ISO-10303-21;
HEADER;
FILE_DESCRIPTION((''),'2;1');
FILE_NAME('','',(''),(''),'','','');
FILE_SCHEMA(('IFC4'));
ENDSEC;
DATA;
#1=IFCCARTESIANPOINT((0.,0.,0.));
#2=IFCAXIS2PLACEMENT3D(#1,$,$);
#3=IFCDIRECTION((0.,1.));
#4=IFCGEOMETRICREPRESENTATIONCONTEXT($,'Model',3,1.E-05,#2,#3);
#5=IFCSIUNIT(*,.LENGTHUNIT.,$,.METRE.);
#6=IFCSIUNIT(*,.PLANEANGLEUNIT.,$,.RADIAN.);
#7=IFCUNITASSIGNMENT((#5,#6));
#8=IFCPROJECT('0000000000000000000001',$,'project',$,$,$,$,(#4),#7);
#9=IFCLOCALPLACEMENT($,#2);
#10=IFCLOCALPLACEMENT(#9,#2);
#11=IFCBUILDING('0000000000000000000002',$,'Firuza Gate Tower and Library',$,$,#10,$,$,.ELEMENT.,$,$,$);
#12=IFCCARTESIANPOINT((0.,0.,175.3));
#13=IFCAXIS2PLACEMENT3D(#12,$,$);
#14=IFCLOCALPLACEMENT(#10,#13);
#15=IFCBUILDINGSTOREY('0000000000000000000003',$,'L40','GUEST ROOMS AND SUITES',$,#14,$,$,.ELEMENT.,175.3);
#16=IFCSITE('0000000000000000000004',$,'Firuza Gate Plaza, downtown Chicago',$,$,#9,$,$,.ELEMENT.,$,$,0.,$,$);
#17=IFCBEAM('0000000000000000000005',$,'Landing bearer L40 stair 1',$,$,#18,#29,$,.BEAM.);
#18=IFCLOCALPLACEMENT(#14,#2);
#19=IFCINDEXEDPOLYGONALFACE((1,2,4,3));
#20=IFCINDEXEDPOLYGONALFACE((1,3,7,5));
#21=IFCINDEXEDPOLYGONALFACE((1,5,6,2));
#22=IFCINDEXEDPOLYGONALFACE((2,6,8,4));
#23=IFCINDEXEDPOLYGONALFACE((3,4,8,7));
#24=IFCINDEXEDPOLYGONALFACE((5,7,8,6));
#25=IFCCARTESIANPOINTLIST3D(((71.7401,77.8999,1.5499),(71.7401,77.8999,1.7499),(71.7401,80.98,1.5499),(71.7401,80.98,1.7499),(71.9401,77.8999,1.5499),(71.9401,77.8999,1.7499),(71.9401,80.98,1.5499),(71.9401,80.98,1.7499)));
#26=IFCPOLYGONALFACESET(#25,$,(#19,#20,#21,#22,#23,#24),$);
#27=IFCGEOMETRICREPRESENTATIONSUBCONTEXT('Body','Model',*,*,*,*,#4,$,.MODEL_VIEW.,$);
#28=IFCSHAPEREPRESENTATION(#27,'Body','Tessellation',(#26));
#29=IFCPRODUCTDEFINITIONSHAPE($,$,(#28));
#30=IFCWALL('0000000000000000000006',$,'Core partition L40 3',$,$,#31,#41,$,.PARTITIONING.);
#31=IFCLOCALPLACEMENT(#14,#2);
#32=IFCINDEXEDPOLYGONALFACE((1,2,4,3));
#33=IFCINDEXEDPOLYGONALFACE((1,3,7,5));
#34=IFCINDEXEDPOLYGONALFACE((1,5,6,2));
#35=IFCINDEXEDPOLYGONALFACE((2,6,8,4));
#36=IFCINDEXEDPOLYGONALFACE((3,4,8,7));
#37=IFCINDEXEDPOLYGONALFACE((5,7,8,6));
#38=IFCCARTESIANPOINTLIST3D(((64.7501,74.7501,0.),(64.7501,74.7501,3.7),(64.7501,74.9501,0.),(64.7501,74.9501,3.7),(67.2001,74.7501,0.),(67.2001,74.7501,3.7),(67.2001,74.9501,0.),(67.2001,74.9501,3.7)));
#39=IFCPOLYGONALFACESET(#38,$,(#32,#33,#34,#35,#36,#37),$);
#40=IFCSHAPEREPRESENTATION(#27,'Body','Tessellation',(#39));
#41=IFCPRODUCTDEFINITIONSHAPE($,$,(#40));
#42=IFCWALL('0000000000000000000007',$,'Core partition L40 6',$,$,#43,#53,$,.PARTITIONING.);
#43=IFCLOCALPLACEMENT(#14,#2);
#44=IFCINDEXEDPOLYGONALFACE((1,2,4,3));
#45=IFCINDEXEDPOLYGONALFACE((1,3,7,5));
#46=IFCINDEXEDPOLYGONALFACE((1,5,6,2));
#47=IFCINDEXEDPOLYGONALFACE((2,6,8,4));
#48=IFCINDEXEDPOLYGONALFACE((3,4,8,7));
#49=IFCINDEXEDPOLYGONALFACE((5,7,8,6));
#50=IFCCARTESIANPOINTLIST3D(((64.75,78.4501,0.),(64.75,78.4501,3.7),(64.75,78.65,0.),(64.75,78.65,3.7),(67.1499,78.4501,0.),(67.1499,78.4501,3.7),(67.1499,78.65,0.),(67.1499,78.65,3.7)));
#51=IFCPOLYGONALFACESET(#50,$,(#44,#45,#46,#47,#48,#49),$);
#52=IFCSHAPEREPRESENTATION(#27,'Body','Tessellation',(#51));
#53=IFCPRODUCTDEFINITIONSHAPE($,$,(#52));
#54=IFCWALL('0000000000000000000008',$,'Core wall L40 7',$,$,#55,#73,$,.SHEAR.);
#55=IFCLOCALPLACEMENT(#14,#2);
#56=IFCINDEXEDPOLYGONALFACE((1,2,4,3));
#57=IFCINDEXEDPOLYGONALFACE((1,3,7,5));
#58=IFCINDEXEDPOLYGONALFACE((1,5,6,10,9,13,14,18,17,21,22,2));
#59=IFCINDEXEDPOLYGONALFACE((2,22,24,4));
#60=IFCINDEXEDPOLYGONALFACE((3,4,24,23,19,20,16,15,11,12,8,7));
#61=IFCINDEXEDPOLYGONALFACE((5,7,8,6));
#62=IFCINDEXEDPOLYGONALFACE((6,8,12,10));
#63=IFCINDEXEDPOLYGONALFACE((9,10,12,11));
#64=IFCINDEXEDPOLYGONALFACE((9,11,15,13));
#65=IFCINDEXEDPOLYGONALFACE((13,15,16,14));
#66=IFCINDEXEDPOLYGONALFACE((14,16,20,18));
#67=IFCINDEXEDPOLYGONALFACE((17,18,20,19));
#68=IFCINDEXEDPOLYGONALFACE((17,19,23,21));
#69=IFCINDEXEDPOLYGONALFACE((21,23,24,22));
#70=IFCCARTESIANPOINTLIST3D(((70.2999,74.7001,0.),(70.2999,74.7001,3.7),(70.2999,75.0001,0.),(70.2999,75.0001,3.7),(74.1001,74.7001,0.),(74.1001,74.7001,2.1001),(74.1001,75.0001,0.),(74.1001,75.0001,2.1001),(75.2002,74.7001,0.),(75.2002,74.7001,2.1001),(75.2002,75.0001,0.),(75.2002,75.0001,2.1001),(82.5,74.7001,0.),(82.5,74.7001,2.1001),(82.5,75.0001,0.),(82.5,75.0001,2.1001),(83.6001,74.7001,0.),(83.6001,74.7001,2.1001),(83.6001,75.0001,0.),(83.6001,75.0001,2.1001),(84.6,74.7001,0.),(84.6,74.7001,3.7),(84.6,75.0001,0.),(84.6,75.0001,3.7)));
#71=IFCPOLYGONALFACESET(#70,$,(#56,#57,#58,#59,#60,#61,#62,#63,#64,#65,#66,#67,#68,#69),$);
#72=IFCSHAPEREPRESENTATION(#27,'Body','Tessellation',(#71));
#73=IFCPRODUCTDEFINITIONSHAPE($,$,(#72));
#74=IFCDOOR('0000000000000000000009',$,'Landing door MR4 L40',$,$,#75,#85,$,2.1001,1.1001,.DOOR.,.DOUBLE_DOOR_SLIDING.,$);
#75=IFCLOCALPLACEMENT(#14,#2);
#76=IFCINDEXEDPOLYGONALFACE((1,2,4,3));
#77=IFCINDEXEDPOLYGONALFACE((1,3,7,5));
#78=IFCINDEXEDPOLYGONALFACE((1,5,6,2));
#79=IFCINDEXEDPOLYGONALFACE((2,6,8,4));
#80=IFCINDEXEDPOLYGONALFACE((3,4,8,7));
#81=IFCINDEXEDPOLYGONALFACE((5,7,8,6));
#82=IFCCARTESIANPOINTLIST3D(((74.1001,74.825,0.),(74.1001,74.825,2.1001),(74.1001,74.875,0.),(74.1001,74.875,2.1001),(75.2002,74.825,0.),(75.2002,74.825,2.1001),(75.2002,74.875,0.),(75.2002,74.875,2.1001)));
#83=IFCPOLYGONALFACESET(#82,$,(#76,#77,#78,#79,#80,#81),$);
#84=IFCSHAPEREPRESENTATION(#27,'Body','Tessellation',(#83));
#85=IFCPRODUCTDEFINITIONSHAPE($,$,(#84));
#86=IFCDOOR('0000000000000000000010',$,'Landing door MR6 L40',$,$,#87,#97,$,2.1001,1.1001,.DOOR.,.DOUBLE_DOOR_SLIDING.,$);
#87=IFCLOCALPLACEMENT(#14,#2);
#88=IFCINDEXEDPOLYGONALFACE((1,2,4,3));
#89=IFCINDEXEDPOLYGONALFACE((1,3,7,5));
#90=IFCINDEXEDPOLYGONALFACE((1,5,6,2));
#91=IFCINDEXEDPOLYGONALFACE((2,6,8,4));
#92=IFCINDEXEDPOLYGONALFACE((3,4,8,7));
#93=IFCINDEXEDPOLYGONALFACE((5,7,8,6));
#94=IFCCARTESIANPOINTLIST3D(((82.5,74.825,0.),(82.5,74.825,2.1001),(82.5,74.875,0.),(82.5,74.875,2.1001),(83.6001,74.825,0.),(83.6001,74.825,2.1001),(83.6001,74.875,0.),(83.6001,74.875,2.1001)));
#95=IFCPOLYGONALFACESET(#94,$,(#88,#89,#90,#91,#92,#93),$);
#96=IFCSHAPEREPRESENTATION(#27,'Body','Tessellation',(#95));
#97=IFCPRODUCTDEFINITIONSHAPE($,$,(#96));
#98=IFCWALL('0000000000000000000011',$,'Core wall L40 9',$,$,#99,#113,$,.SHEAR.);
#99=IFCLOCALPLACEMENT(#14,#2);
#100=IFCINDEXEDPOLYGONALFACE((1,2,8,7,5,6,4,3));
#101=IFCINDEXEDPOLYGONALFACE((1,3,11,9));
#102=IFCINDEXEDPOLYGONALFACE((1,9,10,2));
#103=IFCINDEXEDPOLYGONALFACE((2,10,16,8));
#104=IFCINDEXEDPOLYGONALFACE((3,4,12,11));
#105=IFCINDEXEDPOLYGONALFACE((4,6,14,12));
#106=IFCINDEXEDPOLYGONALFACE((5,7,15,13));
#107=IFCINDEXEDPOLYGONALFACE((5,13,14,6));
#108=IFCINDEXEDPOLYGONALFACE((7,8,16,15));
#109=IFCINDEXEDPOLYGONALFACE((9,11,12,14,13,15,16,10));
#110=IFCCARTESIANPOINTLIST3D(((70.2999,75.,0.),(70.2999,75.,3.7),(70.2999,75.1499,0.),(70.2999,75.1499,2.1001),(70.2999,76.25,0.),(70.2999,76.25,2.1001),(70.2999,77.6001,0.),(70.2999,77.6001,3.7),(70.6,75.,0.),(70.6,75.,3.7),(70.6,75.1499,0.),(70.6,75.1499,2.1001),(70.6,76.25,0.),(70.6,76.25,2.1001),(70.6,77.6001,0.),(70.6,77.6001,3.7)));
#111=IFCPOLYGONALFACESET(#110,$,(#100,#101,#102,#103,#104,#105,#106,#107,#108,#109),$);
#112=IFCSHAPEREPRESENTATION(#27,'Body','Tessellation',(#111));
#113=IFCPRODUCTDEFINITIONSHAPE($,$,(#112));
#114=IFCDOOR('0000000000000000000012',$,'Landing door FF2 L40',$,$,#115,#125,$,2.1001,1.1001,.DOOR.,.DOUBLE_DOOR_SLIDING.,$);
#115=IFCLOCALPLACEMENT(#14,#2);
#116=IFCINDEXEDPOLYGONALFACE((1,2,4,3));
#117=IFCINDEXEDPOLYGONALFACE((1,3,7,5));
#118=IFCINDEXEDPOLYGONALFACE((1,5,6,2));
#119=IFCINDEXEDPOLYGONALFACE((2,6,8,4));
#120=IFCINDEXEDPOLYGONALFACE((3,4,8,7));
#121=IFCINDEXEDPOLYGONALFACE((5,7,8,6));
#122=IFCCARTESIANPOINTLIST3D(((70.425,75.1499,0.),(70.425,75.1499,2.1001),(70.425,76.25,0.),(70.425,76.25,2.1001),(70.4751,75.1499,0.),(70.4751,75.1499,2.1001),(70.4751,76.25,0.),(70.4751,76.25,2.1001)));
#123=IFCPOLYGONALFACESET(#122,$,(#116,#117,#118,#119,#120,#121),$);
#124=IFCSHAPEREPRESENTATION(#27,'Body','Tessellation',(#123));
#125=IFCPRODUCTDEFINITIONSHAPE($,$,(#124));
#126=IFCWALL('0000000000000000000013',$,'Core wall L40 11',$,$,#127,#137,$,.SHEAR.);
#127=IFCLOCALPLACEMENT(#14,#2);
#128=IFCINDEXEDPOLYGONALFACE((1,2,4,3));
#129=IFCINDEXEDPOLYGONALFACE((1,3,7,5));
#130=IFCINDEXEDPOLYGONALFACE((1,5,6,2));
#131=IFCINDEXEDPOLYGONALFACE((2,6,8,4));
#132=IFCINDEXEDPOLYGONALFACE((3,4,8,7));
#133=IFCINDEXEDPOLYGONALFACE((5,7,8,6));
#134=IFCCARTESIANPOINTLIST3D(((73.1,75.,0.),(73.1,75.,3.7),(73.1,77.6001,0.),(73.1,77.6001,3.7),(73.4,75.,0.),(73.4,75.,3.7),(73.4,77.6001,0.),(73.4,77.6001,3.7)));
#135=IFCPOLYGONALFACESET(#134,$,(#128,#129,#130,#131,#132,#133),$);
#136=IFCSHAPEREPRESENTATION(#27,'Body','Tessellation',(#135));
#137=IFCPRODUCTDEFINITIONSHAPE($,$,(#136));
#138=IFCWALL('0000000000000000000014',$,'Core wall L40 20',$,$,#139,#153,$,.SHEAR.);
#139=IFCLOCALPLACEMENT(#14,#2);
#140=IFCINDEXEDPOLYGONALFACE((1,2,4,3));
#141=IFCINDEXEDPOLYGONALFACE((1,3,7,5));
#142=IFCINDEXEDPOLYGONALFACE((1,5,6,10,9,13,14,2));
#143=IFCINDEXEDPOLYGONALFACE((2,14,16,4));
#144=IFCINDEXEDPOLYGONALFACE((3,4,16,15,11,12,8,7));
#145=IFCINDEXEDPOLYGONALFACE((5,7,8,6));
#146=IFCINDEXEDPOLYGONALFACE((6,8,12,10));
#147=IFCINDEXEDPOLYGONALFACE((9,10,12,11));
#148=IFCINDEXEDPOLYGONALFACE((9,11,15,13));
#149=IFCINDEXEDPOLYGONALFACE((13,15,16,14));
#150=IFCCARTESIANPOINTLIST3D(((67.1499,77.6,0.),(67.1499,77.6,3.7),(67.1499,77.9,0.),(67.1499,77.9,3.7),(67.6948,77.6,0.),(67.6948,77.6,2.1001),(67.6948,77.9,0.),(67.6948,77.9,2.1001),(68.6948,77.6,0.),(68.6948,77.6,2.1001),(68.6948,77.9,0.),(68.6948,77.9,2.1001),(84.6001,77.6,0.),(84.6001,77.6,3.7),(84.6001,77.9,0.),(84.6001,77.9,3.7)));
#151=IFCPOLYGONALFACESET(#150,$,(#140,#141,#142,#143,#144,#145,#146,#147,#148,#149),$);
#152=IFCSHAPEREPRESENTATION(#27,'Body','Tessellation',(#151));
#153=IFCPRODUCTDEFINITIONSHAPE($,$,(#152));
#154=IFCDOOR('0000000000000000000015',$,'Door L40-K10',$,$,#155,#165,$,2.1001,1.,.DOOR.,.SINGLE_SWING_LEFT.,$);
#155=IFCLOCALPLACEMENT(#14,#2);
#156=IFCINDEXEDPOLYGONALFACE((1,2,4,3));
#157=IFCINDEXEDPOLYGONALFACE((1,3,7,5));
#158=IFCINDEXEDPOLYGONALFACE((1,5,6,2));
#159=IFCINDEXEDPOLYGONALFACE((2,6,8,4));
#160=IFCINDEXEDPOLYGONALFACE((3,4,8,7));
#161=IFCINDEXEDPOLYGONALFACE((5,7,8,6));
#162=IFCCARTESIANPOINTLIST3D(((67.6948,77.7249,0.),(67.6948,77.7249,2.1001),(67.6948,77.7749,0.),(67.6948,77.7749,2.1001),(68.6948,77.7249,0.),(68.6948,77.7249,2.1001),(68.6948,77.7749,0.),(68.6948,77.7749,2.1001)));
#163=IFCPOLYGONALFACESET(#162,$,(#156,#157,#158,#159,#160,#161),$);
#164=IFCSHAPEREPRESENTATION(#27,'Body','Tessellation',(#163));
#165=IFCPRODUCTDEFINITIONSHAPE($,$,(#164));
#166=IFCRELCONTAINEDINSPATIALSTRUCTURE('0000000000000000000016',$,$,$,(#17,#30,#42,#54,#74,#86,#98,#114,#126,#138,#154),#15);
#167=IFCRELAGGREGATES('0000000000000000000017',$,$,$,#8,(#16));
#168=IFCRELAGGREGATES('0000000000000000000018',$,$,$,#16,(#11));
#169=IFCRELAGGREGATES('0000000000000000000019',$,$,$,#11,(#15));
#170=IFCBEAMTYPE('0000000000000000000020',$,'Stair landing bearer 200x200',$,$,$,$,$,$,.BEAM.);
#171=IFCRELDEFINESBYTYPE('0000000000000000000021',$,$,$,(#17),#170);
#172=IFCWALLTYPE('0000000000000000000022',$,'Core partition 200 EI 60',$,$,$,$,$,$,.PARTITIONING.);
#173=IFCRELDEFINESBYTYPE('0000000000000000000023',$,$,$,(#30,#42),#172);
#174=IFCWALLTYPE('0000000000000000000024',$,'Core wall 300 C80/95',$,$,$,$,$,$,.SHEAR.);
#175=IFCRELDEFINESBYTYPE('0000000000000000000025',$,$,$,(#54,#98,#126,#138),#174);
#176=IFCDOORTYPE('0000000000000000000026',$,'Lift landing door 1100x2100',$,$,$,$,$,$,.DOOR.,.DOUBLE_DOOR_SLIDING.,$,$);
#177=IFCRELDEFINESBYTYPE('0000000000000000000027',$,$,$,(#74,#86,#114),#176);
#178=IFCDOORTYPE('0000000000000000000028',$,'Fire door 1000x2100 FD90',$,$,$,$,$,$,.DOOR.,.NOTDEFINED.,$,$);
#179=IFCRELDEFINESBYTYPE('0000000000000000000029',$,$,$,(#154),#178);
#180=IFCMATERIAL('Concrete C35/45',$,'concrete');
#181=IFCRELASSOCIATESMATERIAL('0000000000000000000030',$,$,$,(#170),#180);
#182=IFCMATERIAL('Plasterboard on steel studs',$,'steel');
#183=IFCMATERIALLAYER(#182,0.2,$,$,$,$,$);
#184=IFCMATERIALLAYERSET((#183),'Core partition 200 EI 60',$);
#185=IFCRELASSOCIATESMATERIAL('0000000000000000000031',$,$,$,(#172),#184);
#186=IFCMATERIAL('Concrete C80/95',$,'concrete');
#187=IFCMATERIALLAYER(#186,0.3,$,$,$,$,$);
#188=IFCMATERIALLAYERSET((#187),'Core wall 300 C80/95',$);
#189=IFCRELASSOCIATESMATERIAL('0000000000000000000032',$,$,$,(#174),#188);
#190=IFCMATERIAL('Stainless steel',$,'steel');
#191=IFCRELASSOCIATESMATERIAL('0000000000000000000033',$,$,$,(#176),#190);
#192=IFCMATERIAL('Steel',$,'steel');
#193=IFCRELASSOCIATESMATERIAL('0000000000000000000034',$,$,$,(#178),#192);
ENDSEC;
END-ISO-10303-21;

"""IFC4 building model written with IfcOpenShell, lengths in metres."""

from ifc_helpers import new_model, si_unit, direction, frame, frame_2d, origin, origin_2d, place, context, subcontext, project, spatial, rectangle, extrude, material, layer, layer_set, material_profile, profile_set, type_object, element, fill, save


model = new_model("IFC4")

# Units and contexts
model_context = context("Model", 3, precision=1e-05, world=origin(), true_north=direction((0.0, 1.0)))
body_context = subcontext(model_context, "Body", "Model", "MODEL_VIEW")
ifc_project = project(units=[si_unit("LENGTHUNIT", "METRE"), si_unit("PLANEANGLEUNIT", "RADIAN")], contexts=[model_context])

# Site, building, storey
site_placement = place(None, origin())
site = spatial("IfcSite", under=ifc_project, at=site_placement, Name="Firuza Gate Plaza, downtown Chicago", CompositionType="ELEMENT", RefElevation=0.0)
building_placement = place(site_placement, origin())
building = spatial("IfcBuilding", under=site, at=building_placement, Name="Firuza Gate Tower and Library", CompositionType="ELEMENT")
storey_placement = place(building_placement, frame((0.0, 0.0, 175.3)))
storey = spatial("IfcBuildingStorey", under=building, at=storey_placement, Name="L40", Description="GUEST ROOMS AND SUITES", CompositionType="ELEMENT", Elevation=175.3)

# Beam
ifc_material_1 = material(Name="Concrete C35/45", Category="concrete")
ifc_material_profile = material_profile(ifc_material_1, rectangle(XDim=0.2, YDim=0.2, at=origin_2d()))
ifc_profile_set = profile_set([ifc_material_profile], Name="Concrete C35/45")
beam_type = type_object("IfcBeamType", Name="Stair landing bearer 200x200", PredefinedType="BEAM", material=ifc_profile_set)
beam_placement = place(storey_placement, frame((71.8401, 77.8999, 1.6499), z_axis=(0.0, 1.0, 0.0), x_axis=(-1.0, 0.0, 0.0)))
element("IfcBeam", 1, at=beam_placement, inside=storey, type_object=beam_type, Name="Landing bearer L40 stair 1", PredefinedType="BEAM", context=body_context, shape_type="SweptSolid", body=[
    extrude(rectangle(XDim=0.2, YDim=0.2, at=origin_2d()), origin(), (0.0, 0.0, 1.0), 3.0801),
])

# Walls
ifc_material_2 = material(Name="Plasterboard on steel studs", Category="steel")
ifc_layer_1 = layer(ifc_material_2, 0.2)
ifc_layer_set_1 = layer_set([ifc_layer_1], Name="Core partition 200 EI 60")
wall_type_1 = type_object("IfcWallType", Name="Core partition 200 EI 60", PredefinedType="PARTITIONING", material=ifc_layer_set_1)
wall_1_placement = place(storey_placement, frame((64.75, 74.8501, 0.0), z_axis=(0.0, 0.0, 1.0), x_axis=(1.0, 0.0, 0.0)))
element("IfcWall", 2, at=wall_1_placement, inside=storey, type_object=wall_type_1, Name="Core partition L40 3", PredefinedType="PARTITIONING", context=body_context, shape_type="SweptSolid", body=[
    extrude(rectangle(XDim=2.45, YDim=0.2, at=frame_2d((1.2251, 0.0))), origin(), (0.0, 0.0, 1.0), 3.7),
])
wall_2_placement = place(storey_placement, frame((64.75, 78.55, 0.0), z_axis=(0.0, 0.0, 1.0), x_axis=(1.0, 0.0, 0.0)))
element("IfcWall", 3, at=wall_2_placement, inside=storey, type_object=wall_type_1, Name="Core partition L40 6", PredefinedType="PARTITIONING", context=body_context, shape_type="SweptSolid", body=[
    extrude(rectangle(XDim=2.3999, YDim=0.2, at=frame_2d((1.2, 0.0))), origin(), (0.0, 0.0, 1.0), 3.7),
])

# Wall, openings, doors
ifc_material_3 = material(Name="Concrete C80/95", Category="concrete")
ifc_layer_2 = layer(ifc_material_3, 0.3)
ifc_layer_set_2 = layer_set([ifc_layer_2], Name="Core wall 300 C80/95")
wall_type_2 = type_object("IfcWallType", Name="Core wall 300 C80/95", PredefinedType="SHEAR", material=ifc_layer_set_2)
wall_3_placement = place(storey_placement, frame((70.3, 74.8501, 0.0), z_axis=(0.0, 0.0, 1.0), x_axis=(1.0, 0.0, 0.0)))
wall_3 = element("IfcWall", 4, at=wall_3_placement, inside=storey, type_object=wall_type_2, Name="Core wall L40 7", PredefinedType="SHEAR", context=body_context, shape_type="SweptSolid", body=[
    extrude(rectangle(XDim=14.3, YDim=0.3, at=frame_2d((7.1499, 0.0))), origin(), (0.0, 0.0, 1.0), 3.7),
])
opening_1_placement = place(wall_3_placement, frame((3.8, 0.0, 0.0)))
opening_1 = element("IfcOpeningElement", 5, at=opening_1_placement, cuts=wall_3, PredefinedType="OPENING", context=body_context, shape_type="SweptSolid", body=[
    extrude(rectangle(XDim=1.1001, YDim=2.1001, at=frame_2d((0.55, 1.05))), frame((0.0, 0.1602, 0.0), z_axis=(0.0, -1.0, 0.0), x_axis=(1.0, 0.0, 0.0)), (0.0, 0.0, 1.0), 0.3201),
])
opening_2_placement = place(wall_3_placement, frame((12.2, 0.0, 0.0)))
opening_2 = element("IfcOpeningElement", 6, at=opening_2_placement, cuts=wall_3, PredefinedType="OPENING", context=body_context, shape_type="SweptSolid", body=[
    extrude(rectangle(XDim=1.1001, YDim=2.1001, at=frame_2d((0.55, 1.05))), frame((0.0, 0.1602, 0.0), z_axis=(0.0, -1.0, 0.0), x_axis=(1.0, 0.0, 0.0)), (0.0, 0.0, 1.0), 0.3201),
])
ifc_material_4 = material(Name="Stainless steel", Category="steel")
door_type_1 = type_object("IfcDoorType", Name="Lift landing door 1100x2100", OperationType="DOUBLE_DOOR_SLIDING", PredefinedType="DOOR", material=ifc_material_4)
door_1_placement = place(opening_1_placement, origin())
door_1 = element("IfcDoor", 7, at=door_1_placement, inside=storey, type_object=door_type_1, Name="Landing door MR4 L40", OperationType="DOUBLE_DOOR_SLIDING", OverallHeight=2.1001, OverallWidth=1.1001, PredefinedType="DOOR", context=body_context, shape_type="SweptSolid", body=[
    extrude(rectangle(XDim=1.1001, YDim=2.1001, at=frame_2d((0.55, 1.05))), frame((0.0, 0.0249, 0.0), z_axis=(0.0, -1.0, 0.0), x_axis=(1.0, 0.0, 0.0)), (0.0, 0.0, 1.0), 0.05),
])
fill(opening_1, door_1)
door_2_placement = place(opening_2_placement, origin())
door_2 = element("IfcDoor", 8, at=door_2_placement, inside=storey, type_object=door_type_1, Name="Landing door MR6 L40", OperationType="DOUBLE_DOOR_SLIDING", OverallHeight=2.1001, OverallWidth=1.1001, PredefinedType="DOOR", context=body_context, shape_type="SweptSolid", body=[
    extrude(rectangle(XDim=1.1001, YDim=2.1001, at=frame_2d((0.55, 1.05))), frame((0.0, 0.0249, 0.0), z_axis=(0.0, -1.0, 0.0), x_axis=(1.0, 0.0, 0.0)), (0.0, 0.0, 1.0), 0.05),
])
fill(opening_2, door_2)

# Wall, opening, door
wall_4_placement = place(storey_placement, frame((70.45, 75.0, 0.0), z_axis=(0.0, 0.0, 1.0), x_axis=(0.0, 1.0, 0.0)))
wall_4 = element("IfcWall", 9, at=wall_4_placement, inside=storey, type_object=wall_type_2, Name="Core wall L40 9", PredefinedType="SHEAR", context=body_context, shape_type="SweptSolid", body=[
    extrude(rectangle(XDim=2.6001, YDim=0.3, at=frame_2d((1.3, 0.0))), origin(), (0.0, 0.0, 1.0), 3.7),
])
opening_3_placement = place(wall_4_placement, frame((0.1499, 0.0, 0.0)))
opening_3 = element("IfcOpeningElement", 10, at=opening_3_placement, cuts=wall_4, PredefinedType="OPENING", context=body_context, shape_type="SweptSolid", body=[
    extrude(rectangle(XDim=1.1001, YDim=2.1001, at=frame_2d((0.55, 1.05))), frame((0.0, 0.1602, 0.0), z_axis=(0.0, -1.0, 0.0), x_axis=(1.0, 0.0, 0.0)), (0.0, 0.0, 1.0), 0.3201),
])
door_3_placement = place(opening_3_placement, origin())
door_3 = element("IfcDoor", 11, at=door_3_placement, inside=storey, type_object=door_type_1, Name="Landing door FF2 L40", OperationType="DOUBLE_DOOR_SLIDING", OverallHeight=2.1001, OverallWidth=1.1001, PredefinedType="DOOR", context=body_context, shape_type="SweptSolid", body=[
    extrude(rectangle(XDim=1.1001, YDim=2.1001, at=frame_2d((0.55, 1.05))), frame((0.0, 0.0249, 0.0), z_axis=(0.0, -1.0, 0.0), x_axis=(1.0, 0.0, 0.0)), (0.0, 0.0, 1.0), 0.05),
])
fill(opening_3, door_3)

# Wall
wall_5_placement = place(storey_placement, frame((73.25, 75.0, 0.0), z_axis=(0.0, 0.0, 1.0), x_axis=(0.0, 1.0, 0.0)))
element("IfcWall", 12, at=wall_5_placement, inside=storey, type_object=wall_type_2, Name="Core wall L40 11", PredefinedType="SHEAR", context=body_context, shape_type="SweptSolid", body=[
    extrude(rectangle(XDim=2.6001, YDim=0.3, at=frame_2d((1.3, 0.0))), origin(), (0.0, 0.0, 1.0), 3.7),
])

# Wall, opening, door
wall_6_placement = place(storey_placement, frame((67.1499, 77.75, 0.0), z_axis=(0.0, 0.0, 1.0), x_axis=(1.0, 0.0, 0.0)))
wall_6 = element("IfcWall", 13, at=wall_6_placement, inside=storey, type_object=wall_type_2, Name="Core wall L40 20", PredefinedType="SHEAR", context=body_context, shape_type="SweptSolid", body=[
    extrude(rectangle(XDim=17.4502, YDim=0.3, at=frame_2d((8.7251, 0.0))), origin(), (0.0, 0.0, 1.0), 3.7),
])
opening_4_placement = place(wall_6_placement, frame((0.5449, 0.0, 0.0)))
opening_4 = element("IfcOpeningElement", 14, at=opening_4_placement, cuts=wall_6, PredefinedType="OPENING", context=body_context, shape_type="SweptSolid", body=[
    extrude(rectangle(XDim=1.0, YDim=2.1001, at=frame_2d((0.5, 1.05))), frame((0.0, 0.1602, 0.0), z_axis=(0.0, -1.0, 0.0), x_axis=(1.0, 0.0, 0.0)), (0.0, 0.0, 1.0), 0.3201),
])
ifc_material_5 = material(Name="Steel", Category="steel")
door_type_2 = type_object("IfcDoorType", Name="Fire door 1000x2100 FD90", OperationType="NOTDEFINED", PredefinedType="DOOR", material=ifc_material_5)
door_4_placement = place(opening_4_placement, origin())
door_4 = element("IfcDoor", 15, at=door_4_placement, inside=storey, type_object=door_type_2, Name="Door L40-K10", OperationType="SINGLE_SWING_LEFT", OverallHeight=2.1001, OverallWidth=1.0, PredefinedType="DOOR", context=body_context, shape_type="SweptSolid", body=[
    extrude(rectangle(XDim=1.0, YDim=2.1001, at=frame_2d((0.5, 1.05))), frame((0.0, 0.0249, 0.0), z_axis=(0.0, -1.0, 0.0), x_axis=(1.0, 0.0, 0.0)), (0.0, 0.0, 1.0), 0.05),
])
fill(opening_4, door_4)

save(model, "model.ifc")
